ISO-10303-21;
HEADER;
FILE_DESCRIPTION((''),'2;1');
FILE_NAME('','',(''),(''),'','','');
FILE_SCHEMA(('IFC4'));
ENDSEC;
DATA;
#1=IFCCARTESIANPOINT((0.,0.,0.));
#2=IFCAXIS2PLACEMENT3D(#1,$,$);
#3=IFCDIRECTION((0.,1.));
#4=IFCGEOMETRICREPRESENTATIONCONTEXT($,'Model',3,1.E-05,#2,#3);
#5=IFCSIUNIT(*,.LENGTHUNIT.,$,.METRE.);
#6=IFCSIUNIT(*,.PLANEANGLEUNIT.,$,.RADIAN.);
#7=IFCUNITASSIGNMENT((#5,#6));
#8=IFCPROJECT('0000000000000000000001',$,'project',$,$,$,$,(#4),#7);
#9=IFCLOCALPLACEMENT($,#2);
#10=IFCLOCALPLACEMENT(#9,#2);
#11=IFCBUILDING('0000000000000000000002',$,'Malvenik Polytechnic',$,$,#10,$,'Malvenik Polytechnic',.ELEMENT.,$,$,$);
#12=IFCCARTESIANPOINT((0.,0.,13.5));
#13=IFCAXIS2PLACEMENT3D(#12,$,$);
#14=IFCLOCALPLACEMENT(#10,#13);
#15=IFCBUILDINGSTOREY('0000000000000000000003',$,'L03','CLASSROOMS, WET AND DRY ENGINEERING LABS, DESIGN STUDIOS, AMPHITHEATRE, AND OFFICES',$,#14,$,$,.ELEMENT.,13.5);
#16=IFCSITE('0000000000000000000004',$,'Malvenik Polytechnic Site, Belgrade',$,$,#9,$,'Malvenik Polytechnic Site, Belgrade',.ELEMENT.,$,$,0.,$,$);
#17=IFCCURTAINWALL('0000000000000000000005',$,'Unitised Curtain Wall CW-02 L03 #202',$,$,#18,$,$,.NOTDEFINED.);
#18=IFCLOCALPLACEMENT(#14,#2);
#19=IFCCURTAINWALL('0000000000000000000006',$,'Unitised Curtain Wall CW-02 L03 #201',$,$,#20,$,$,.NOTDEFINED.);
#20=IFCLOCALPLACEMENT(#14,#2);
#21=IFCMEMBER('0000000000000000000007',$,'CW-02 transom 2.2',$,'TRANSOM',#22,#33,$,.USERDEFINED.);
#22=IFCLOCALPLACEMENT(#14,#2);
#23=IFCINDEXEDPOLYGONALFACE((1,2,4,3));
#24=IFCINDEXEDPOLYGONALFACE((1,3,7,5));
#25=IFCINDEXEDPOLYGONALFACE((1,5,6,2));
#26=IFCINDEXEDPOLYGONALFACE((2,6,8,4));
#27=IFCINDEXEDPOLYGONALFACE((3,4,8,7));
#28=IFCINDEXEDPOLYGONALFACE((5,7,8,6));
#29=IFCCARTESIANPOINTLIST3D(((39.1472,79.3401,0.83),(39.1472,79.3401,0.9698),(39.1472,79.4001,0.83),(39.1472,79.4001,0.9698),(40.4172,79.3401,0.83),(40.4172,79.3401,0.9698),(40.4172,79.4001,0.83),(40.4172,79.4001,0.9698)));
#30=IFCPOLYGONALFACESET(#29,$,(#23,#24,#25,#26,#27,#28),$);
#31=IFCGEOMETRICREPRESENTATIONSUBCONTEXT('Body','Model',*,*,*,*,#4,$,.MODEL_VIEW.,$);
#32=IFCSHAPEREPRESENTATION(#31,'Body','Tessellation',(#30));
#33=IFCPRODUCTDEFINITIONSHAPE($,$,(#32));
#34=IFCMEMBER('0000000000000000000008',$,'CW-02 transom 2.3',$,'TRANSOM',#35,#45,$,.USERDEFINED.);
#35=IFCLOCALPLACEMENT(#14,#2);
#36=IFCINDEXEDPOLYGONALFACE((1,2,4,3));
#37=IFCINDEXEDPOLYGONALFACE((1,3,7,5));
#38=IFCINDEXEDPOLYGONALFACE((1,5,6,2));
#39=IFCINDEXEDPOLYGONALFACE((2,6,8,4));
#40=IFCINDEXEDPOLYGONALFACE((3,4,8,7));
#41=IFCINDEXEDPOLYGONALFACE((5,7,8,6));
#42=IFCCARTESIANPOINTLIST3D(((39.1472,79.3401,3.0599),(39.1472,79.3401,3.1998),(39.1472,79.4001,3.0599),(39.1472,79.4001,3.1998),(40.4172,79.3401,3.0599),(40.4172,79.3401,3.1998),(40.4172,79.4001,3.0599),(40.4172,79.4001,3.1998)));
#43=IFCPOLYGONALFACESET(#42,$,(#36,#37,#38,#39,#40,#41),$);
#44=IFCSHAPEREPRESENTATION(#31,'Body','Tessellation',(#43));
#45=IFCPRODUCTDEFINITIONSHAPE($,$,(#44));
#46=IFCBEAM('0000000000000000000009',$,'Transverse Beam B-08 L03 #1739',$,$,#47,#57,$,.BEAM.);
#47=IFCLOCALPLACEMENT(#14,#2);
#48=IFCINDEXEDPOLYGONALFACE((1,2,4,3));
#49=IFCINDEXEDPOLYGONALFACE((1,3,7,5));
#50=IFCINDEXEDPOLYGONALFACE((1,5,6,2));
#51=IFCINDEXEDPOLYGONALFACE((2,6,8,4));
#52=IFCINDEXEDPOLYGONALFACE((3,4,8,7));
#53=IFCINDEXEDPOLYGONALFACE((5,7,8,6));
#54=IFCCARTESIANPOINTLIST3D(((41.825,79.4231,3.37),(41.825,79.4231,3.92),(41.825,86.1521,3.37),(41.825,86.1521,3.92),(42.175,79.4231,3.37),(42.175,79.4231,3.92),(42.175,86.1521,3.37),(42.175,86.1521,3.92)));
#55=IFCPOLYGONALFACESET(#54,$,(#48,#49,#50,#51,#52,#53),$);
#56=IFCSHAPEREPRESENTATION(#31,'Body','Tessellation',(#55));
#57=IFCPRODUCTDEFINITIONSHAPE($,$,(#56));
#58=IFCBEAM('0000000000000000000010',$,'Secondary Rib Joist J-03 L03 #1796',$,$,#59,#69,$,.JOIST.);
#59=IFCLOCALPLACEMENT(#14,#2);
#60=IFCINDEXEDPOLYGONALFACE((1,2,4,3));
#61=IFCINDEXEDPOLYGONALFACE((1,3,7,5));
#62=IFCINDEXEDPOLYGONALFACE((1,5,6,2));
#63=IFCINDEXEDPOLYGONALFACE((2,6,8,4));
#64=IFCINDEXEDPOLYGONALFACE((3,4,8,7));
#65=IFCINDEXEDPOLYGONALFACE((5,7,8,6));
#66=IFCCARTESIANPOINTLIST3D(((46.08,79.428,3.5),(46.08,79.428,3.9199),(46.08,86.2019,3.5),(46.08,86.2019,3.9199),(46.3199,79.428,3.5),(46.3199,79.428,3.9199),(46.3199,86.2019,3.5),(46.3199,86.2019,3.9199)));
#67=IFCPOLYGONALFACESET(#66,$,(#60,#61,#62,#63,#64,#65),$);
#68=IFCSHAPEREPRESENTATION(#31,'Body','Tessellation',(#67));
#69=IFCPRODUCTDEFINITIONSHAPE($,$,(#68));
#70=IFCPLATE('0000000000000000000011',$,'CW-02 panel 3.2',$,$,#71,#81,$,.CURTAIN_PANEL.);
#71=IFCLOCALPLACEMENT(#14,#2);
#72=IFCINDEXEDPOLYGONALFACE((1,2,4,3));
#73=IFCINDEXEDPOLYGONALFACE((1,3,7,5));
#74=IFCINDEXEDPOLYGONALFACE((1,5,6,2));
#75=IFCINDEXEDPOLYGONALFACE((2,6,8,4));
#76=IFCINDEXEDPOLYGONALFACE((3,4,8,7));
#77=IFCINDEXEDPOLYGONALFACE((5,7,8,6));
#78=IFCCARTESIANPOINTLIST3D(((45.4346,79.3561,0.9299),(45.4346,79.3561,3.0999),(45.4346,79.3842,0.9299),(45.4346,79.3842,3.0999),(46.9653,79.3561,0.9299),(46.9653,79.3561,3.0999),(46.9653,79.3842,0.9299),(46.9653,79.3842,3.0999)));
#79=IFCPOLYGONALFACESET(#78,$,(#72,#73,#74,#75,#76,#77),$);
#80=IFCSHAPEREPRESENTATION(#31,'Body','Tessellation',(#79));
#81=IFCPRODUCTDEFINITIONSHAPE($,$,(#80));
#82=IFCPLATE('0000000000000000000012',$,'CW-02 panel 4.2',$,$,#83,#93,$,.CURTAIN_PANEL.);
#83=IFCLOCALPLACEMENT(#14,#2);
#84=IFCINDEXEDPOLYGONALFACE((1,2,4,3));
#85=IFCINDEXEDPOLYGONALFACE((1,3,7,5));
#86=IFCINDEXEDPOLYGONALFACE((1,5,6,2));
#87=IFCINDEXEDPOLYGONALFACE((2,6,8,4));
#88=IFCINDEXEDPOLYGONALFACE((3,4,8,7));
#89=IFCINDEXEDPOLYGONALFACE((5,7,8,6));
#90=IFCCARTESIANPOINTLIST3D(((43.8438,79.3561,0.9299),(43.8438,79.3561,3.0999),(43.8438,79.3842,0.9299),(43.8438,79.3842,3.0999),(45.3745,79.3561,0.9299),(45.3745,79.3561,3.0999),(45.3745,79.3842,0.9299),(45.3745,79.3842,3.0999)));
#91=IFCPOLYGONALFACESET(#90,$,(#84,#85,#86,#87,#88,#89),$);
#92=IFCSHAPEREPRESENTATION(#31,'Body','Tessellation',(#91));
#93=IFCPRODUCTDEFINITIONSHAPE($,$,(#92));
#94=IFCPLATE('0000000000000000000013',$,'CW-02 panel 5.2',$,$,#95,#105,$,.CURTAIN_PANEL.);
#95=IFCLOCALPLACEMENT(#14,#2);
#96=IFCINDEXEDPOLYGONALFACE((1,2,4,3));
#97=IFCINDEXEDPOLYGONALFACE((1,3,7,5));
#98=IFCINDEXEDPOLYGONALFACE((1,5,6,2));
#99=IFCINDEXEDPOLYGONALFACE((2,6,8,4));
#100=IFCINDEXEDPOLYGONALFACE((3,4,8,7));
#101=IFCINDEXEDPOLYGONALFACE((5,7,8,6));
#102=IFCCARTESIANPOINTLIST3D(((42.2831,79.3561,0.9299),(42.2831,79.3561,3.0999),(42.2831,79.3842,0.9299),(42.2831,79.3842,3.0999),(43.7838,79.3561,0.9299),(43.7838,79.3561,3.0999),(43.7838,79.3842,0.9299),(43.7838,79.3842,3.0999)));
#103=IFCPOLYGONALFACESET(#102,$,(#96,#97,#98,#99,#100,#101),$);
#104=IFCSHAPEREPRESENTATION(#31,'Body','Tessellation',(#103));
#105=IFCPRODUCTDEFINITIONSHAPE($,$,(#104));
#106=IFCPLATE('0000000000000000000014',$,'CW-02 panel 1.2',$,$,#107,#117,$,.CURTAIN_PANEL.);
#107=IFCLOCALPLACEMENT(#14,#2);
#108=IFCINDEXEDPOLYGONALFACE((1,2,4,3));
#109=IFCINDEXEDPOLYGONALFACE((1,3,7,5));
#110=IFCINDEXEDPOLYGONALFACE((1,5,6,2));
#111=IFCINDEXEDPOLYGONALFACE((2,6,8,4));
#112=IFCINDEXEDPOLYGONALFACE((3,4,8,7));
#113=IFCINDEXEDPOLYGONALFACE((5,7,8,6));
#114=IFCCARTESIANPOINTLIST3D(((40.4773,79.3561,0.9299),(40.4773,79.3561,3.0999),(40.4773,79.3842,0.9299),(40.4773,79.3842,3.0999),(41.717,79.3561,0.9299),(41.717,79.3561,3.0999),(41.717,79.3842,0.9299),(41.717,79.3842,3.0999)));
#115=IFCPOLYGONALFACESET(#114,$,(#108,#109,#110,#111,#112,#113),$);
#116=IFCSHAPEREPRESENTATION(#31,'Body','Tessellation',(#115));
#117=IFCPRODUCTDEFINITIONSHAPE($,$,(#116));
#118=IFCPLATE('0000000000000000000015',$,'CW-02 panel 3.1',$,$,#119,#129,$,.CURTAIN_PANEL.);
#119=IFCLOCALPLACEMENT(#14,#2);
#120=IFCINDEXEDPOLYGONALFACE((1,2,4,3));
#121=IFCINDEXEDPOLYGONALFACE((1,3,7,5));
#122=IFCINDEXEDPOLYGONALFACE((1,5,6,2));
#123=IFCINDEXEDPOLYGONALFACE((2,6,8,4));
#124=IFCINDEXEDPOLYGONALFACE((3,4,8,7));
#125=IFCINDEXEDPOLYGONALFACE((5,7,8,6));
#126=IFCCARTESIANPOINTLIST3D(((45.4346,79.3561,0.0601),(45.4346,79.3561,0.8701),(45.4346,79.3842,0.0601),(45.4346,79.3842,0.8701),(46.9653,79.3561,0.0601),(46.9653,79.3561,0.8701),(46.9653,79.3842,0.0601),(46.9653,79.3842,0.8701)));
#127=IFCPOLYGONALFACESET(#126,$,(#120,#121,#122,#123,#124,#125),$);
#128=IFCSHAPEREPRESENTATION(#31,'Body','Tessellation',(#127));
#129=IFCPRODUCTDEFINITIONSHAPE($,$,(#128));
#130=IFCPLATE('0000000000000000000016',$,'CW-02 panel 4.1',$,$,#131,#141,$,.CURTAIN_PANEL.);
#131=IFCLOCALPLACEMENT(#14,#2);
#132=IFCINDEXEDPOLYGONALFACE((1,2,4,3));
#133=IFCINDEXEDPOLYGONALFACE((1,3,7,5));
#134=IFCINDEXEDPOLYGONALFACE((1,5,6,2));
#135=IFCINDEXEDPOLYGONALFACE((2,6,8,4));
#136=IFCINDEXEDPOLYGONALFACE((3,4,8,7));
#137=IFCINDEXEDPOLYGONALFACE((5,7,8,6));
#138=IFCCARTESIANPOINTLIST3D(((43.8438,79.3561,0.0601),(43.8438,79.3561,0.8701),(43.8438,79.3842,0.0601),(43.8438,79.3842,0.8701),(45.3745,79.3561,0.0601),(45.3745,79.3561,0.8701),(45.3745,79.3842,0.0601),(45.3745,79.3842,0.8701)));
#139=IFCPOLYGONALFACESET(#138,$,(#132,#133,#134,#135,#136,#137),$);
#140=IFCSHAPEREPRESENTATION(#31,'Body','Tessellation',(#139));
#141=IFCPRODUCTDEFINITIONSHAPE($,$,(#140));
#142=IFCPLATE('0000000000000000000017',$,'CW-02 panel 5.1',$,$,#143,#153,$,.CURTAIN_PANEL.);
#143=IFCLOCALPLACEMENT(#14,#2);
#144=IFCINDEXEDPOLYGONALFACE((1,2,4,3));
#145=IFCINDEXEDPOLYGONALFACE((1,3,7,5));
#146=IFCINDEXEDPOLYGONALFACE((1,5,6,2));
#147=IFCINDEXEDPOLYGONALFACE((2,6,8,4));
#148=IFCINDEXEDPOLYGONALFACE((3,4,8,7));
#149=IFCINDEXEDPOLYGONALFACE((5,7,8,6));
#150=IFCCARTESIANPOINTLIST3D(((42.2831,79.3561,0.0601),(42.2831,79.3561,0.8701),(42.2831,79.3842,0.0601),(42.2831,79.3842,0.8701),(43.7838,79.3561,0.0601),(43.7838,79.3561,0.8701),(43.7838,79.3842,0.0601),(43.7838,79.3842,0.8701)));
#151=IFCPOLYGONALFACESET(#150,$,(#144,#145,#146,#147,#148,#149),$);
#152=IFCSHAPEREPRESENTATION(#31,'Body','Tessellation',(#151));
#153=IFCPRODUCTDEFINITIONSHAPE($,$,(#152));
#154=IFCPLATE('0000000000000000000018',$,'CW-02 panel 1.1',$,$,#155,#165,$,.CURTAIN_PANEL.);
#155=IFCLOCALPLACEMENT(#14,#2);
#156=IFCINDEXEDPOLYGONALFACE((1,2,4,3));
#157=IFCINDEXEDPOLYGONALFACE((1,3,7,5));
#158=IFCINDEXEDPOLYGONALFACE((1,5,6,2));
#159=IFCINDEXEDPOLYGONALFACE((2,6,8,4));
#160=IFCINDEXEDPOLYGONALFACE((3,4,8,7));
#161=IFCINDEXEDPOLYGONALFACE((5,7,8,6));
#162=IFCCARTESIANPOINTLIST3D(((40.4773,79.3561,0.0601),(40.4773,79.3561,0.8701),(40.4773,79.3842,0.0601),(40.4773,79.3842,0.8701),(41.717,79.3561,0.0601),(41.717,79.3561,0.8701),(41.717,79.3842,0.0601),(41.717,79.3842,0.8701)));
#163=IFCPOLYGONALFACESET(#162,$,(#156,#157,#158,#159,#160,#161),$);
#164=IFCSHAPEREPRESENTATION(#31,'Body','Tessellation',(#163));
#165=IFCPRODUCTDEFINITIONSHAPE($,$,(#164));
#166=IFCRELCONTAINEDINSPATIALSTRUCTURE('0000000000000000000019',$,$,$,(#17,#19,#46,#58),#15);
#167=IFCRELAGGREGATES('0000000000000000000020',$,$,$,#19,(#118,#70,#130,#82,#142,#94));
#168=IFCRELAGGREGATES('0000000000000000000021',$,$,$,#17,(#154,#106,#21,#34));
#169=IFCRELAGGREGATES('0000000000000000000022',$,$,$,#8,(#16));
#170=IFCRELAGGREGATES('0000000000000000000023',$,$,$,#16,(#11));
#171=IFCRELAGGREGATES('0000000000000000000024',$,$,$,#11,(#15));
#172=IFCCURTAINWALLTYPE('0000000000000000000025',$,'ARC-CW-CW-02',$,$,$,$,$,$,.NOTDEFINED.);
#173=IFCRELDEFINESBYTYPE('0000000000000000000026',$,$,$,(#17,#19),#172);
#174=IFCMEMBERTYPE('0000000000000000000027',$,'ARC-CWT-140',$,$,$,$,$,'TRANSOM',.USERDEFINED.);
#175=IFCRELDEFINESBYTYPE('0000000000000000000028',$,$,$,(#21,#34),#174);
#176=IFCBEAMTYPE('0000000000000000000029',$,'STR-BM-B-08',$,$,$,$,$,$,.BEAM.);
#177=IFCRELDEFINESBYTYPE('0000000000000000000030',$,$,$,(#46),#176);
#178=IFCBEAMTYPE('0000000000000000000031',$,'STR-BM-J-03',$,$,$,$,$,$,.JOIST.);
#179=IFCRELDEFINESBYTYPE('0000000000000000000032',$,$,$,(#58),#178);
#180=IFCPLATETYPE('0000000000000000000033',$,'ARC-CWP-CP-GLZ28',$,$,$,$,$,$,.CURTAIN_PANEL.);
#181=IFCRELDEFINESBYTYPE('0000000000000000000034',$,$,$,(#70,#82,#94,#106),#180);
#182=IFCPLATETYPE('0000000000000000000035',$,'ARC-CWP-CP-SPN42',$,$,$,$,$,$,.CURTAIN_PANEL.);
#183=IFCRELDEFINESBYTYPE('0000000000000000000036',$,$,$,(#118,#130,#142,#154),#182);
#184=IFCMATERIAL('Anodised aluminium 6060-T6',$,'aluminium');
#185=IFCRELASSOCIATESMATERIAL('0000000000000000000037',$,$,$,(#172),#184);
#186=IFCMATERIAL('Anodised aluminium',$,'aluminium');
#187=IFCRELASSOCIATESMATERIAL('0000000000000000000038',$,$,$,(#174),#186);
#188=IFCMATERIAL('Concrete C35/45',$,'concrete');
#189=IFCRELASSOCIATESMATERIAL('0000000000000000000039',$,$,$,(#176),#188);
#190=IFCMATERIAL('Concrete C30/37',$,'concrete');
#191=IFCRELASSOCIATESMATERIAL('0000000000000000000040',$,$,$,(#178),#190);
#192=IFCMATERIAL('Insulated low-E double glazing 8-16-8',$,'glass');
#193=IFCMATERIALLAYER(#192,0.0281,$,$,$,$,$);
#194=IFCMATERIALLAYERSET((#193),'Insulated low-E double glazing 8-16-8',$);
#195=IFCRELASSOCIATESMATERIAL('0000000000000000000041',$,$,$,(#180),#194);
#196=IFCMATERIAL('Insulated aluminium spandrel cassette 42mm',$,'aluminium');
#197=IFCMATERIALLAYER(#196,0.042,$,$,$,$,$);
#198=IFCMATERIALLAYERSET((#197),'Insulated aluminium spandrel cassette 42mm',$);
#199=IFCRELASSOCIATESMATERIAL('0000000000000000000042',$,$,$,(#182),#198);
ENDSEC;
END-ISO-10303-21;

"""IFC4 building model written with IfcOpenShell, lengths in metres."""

from ifc_helpers import new_model, si_unit, direction, frame, origin, origin_2d, place, context, subcontext, project, spatial, rectangle, extrude, material, layer, layer_set, material_profile, profile_set, type_object, element, aggregate, save


model = new_model("IFC4")

# Units and contexts
model_context = context("Model", 3, precision=1e-05, world=origin(), true_north=direction((0.0, 1.0)))
body_context = subcontext(model_context, "Body", "Model", "MODEL_VIEW")
ifc_project = project(units=[si_unit("LENGTHUNIT", "METRE"), si_unit("PLANEANGLEUNIT", "RADIAN")], contexts=[model_context])

# Site, building, storey
site_placement = place(None, origin())
site = spatial("IfcSite", under=ifc_project, at=site_placement, Name="Malvenik Polytechnic Site, Belgrade", LongName="Malvenik Polytechnic Site, Belgrade", CompositionType="ELEMENT", RefElevation=0.0)
building_placement = place(site_placement, origin())
building = spatial("IfcBuilding", under=site, at=building_placement, Name="Malvenik Polytechnic", LongName="Malvenik Polytechnic", CompositionType="ELEMENT")
storey_placement = place(building_placement, frame((0.0, 0.0, 13.5)))
storey = spatial("IfcBuildingStorey", under=building, at=storey_placement, Name="L03", Description="CLASSROOMS, WET AND DRY ENGINEERING LABS, DESIGN STUDIOS, AMPHITHEATRE, AND OFFICES", CompositionType="ELEMENT", Elevation=13.5)

# Curtain walls
ifc_material_1 = material(Name="Anodised aluminium 6060-T6", Category="aluminium")
curtain_wall_type = type_object("IfcCurtainWallType", Name="ARC-CW-CW-02", PredefinedType="NOTDEFINED", material=ifc_material_1)
curtain_wall_1_placement = place(storey_placement, origin())
curtain_wall_1 = element("IfcCurtainWall", 1, at=curtain_wall_1_placement, inside=storey, type_object=curtain_wall_type, Name="Unitised Curtain Wall CW-02 L03 #202", PredefinedType="NOTDEFINED")
ifc_material_2 = material(Name="Anodised aluminium", Category="aluminium")
curtain_wall_2_placement = place(storey_placement, origin())
curtain_wall_2 = element("IfcCurtainWall", 2, at=curtain_wall_2_placement, inside=storey, type_object=curtain_wall_type, Name="Unitised Curtain Wall CW-02 L03 #201", PredefinedType="NOTDEFINED")

# Members
ifc_material_profile_1 = material_profile(ifc_material_2, rectangle(XDim=0.0601, YDim=0.1399, at=origin_2d()), Name="ALU TRANSOM 60x140")
ifc_profile_set_1 = profile_set([ifc_material_profile_1], Name="Anodised aluminium")
member_type_1 = type_object("IfcMemberType", Name="ARC-CWT-140", ElementType="TRANSOM", PredefinedType="USERDEFINED", material=ifc_profile_set_1)
member_1_placement = place(storey_placement, frame((40.4172, 79.3701, 0.8999), z_axis=(-1.0, 0.0, 0.0), x_axis=(0.0, -1.0, 0.0)))
member_1 = element("IfcMember", 3, at=member_1_placement, type_object=member_type_1, Name="CW-02 transom 2.2", ObjectType="TRANSOM", PredefinedType="USERDEFINED", context=body_context, shape_type="SweptSolid", body=[
    extrude(rectangle(XDim=0.0601, YDim=0.1399, at=origin_2d()), origin(), (0.0, 0.0, 1.0), 1.27),
])
member_2_placement = place(storey_placement, frame((40.4172, 79.3701, 3.1299), z_axis=(-1.0, 0.0, 0.0), x_axis=(0.0, -1.0, 0.0)))
member_2 = element("IfcMember", 4, at=member_2_placement, type_object=member_type_1, Name="CW-02 transom 2.3", ObjectType="TRANSOM", PredefinedType="USERDEFINED", context=body_context, shape_type="SweptSolid", body=[
    extrude(rectangle(XDim=0.0601, YDim=0.1399, at=origin_2d()), origin(), (0.0, 0.0, 1.0), 1.27),
])

# Beams
ifc_material_3 = material(Name="Concrete C35/45", Category="concrete")
ifc_material_profile_2 = material_profile(ifc_material_3, rectangle(XDim=0.3501, YDim=0.55, at=origin_2d()), Name="RC BM 350x550")
ifc_profile_set_2 = profile_set([ifc_material_profile_2], Name="Concrete C35/45")
beam_type_1 = type_object("IfcBeamType", Name="STR-BM-B-08", PredefinedType="BEAM", material=ifc_profile_set_2)
beam_1_placement = place(storey_placement, frame((42.0, 79.4231, 3.645), z_axis=(0.0, 1.0, 0.0), x_axis=(-1.0, 0.0, 0.0)))
element("IfcBeam", 5, at=beam_1_placement, inside=storey, type_object=beam_type_1, Name="Transverse Beam B-08 L03 #1739", PredefinedType="BEAM", context=body_context, shape_type="SweptSolid", body=[
    extrude(rectangle(XDim=0.3501, YDim=0.55, at=origin_2d()), origin(), (0.0, 0.0, 1.0), 6.729),
])
ifc_material_4 = material(Name="Concrete C30/37", Category="concrete")
ifc_material_profile_3 = material_profile(ifc_material_4, rectangle(XDim=0.24, YDim=0.4199, at=origin_2d()), Name="RC JST 240x420")
ifc_profile_set_3 = profile_set([ifc_material_profile_3], Name="Concrete C30/37")
beam_type_2 = type_object("IfcBeamType", Name="STR-BM-J-03", PredefinedType="JOIST", material=ifc_profile_set_3)
beam_2_placement = place(storey_placement, frame((46.2, 79.428, 3.71), z_axis=(0.0, 1.0, 0.0), x_axis=(-1.0, 0.0, 0.0)))
element("IfcBeam", 6, at=beam_2_placement, inside=storey, type_object=beam_type_2, Name="Secondary Rib Joist J-03 L03 #1796", PredefinedType="JOIST", context=body_context, shape_type="SweptSolid", body=[
    extrude(rectangle(XDim=0.24, YDim=0.4199, at=origin_2d()), origin(), (0.0, 0.0, 1.0), 6.7739),
])

# Plates
ifc_material_5 = material(Name="Insulated low-E double glazing 8-16-8", Category="glass")
ifc_layer_1 = layer(ifc_material_5, 0.0281)
ifc_layer_set_1 = layer_set([ifc_layer_1], Name="Insulated low-E double glazing 8-16-8")
plate_type_1 = type_object("IfcPlateType", Name="ARC-CWP-CP-GLZ28", PredefinedType="CURTAIN_PANEL", material=ifc_layer_set_1)
plate_1_placement = place(storey_placement, frame((46.2, 79.3701, 0.9299), z_axis=(0.0, 0.0, 1.0), x_axis=(-1.0, 0.0, 0.0)))
plate_1 = element("IfcPlate", 7, at=plate_1_placement, type_object=plate_type_1, Name="CW-02 panel 3.2", PredefinedType="CURTAIN_PANEL", context=body_context, shape_type="SweptSolid", body=[
    extrude(rectangle(XDim=1.5308, YDim=0.0281, at=origin_2d()), origin(), (0.0, 0.0, 1.0), 2.1699),
])
plate_2_placement = place(storey_placement, frame((44.6091, 79.3701, 0.9299), z_axis=(0.0, 0.0, 1.0), x_axis=(-1.0, 0.0, 0.0)))
plate_2 = element("IfcPlate", 8, at=plate_2_placement, type_object=plate_type_1, Name="CW-02 panel 4.2", PredefinedType="CURTAIN_PANEL", context=body_context, shape_type="SweptSolid", body=[
    extrude(rectangle(XDim=1.5308, YDim=0.0281, at=origin_2d()), origin(), (0.0, 0.0, 1.0), 2.1699),
])
plate_3_placement = place(storey_placement, frame((43.0334, 79.3701, 0.9299), z_axis=(0.0, 0.0, 1.0), x_axis=(-1.0, 0.0, 0.0)))
plate_3 = element("IfcPlate", 9, at=plate_3_placement, type_object=plate_type_1, Name="CW-02 panel 5.2", PredefinedType="CURTAIN_PANEL", context=body_context, shape_type="SweptSolid", body=[
    extrude(rectangle(XDim=1.5007, YDim=0.0281, at=origin_2d()), origin(), (0.0, 0.0, 1.0), 2.1699),
])
plate_4_placement = place(storey_placement, frame((41.0972, 79.3701, 0.9299), z_axis=(0.0, 0.0, 1.0), x_axis=(-1.0, 0.0, 0.0)))
plate_4 = element("IfcPlate", 10, at=plate_4_placement, type_object=plate_type_1, Name="CW-02 panel 1.2", PredefinedType="CURTAIN_PANEL", context=body_context, shape_type="SweptSolid", body=[
    extrude(rectangle(XDim=1.2397, YDim=0.0281, at=origin_2d()), origin(), (0.0, 0.0, 1.0), 2.1699),
])
ifc_material_6 = material(Name="Insulated aluminium spandrel cassette 42mm", Category="aluminium")
ifc_layer_2 = layer(ifc_material_6, 0.042)
ifc_layer_set_2 = layer_set([ifc_layer_2], Name="Insulated aluminium spandrel cassette 42mm")
plate_type_2 = type_object("IfcPlateType", Name="ARC-CWP-CP-SPN42", PredefinedType="CURTAIN_PANEL", material=ifc_layer_set_2)
plate_5_placement = place(storey_placement, frame((46.2, 79.3701, 0.0601), z_axis=(0.0, 0.0, 1.0), x_axis=(-1.0, 0.0, 0.0)))
plate_5 = element("IfcPlate", 11, at=plate_5_placement, type_object=plate_type_2, Name="CW-02 panel 3.1", PredefinedType="CURTAIN_PANEL", context=body_context, shape_type="SweptSolid", body=[
    extrude(rectangle(XDim=1.5308, YDim=0.0281, at=origin_2d()), origin(), (0.0, 0.0, 1.0), 0.8101),
])
plate_6_placement = place(storey_placement, frame((44.6091, 79.3701, 0.0601), z_axis=(0.0, 0.0, 1.0), x_axis=(-1.0, 0.0, 0.0)))
plate_6 = element("IfcPlate", 12, at=plate_6_placement, type_object=plate_type_2, Name="CW-02 panel 4.1", PredefinedType="CURTAIN_PANEL", context=body_context, shape_type="SweptSolid", body=[
    extrude(rectangle(XDim=1.5308, YDim=0.0281, at=origin_2d()), origin(), (0.0, 0.0, 1.0), 0.8101),
])
plate_7_placement = place(storey_placement, frame((43.0334, 79.3701, 0.0601), z_axis=(0.0, 0.0, 1.0), x_axis=(-1.0, 0.0, 0.0)))
plate_7 = element("IfcPlate", 13, at=plate_7_placement, type_object=plate_type_2, Name="CW-02 panel 5.1", PredefinedType="CURTAIN_PANEL", context=body_context, shape_type="SweptSolid", body=[
    extrude(rectangle(XDim=1.5007, YDim=0.0281, at=origin_2d()), origin(), (0.0, 0.0, 1.0), 0.8101),
])
aggregate(curtain_wall_2, [plate_5, plate_1, plate_6, plate_2, plate_7, plate_3])
plate_8_placement = place(storey_placement, frame((41.0972, 79.3701, 0.0601), z_axis=(0.0, 0.0, 1.0), x_axis=(-1.0, 0.0, 0.0)))
plate_8 = element("IfcPlate", 14, at=plate_8_placement, type_object=plate_type_2, Name="CW-02 panel 1.1", PredefinedType="CURTAIN_PANEL", context=body_context, shape_type="SweptSolid", body=[
    extrude(rectangle(XDim=1.2397, YDim=0.0281, at=origin_2d()), origin(), (0.0, 0.0, 1.0), 0.8101),
])
aggregate(curtain_wall_1, [plate_8, plate_4, member_1, member_2])

save(model, "model.ifc")
